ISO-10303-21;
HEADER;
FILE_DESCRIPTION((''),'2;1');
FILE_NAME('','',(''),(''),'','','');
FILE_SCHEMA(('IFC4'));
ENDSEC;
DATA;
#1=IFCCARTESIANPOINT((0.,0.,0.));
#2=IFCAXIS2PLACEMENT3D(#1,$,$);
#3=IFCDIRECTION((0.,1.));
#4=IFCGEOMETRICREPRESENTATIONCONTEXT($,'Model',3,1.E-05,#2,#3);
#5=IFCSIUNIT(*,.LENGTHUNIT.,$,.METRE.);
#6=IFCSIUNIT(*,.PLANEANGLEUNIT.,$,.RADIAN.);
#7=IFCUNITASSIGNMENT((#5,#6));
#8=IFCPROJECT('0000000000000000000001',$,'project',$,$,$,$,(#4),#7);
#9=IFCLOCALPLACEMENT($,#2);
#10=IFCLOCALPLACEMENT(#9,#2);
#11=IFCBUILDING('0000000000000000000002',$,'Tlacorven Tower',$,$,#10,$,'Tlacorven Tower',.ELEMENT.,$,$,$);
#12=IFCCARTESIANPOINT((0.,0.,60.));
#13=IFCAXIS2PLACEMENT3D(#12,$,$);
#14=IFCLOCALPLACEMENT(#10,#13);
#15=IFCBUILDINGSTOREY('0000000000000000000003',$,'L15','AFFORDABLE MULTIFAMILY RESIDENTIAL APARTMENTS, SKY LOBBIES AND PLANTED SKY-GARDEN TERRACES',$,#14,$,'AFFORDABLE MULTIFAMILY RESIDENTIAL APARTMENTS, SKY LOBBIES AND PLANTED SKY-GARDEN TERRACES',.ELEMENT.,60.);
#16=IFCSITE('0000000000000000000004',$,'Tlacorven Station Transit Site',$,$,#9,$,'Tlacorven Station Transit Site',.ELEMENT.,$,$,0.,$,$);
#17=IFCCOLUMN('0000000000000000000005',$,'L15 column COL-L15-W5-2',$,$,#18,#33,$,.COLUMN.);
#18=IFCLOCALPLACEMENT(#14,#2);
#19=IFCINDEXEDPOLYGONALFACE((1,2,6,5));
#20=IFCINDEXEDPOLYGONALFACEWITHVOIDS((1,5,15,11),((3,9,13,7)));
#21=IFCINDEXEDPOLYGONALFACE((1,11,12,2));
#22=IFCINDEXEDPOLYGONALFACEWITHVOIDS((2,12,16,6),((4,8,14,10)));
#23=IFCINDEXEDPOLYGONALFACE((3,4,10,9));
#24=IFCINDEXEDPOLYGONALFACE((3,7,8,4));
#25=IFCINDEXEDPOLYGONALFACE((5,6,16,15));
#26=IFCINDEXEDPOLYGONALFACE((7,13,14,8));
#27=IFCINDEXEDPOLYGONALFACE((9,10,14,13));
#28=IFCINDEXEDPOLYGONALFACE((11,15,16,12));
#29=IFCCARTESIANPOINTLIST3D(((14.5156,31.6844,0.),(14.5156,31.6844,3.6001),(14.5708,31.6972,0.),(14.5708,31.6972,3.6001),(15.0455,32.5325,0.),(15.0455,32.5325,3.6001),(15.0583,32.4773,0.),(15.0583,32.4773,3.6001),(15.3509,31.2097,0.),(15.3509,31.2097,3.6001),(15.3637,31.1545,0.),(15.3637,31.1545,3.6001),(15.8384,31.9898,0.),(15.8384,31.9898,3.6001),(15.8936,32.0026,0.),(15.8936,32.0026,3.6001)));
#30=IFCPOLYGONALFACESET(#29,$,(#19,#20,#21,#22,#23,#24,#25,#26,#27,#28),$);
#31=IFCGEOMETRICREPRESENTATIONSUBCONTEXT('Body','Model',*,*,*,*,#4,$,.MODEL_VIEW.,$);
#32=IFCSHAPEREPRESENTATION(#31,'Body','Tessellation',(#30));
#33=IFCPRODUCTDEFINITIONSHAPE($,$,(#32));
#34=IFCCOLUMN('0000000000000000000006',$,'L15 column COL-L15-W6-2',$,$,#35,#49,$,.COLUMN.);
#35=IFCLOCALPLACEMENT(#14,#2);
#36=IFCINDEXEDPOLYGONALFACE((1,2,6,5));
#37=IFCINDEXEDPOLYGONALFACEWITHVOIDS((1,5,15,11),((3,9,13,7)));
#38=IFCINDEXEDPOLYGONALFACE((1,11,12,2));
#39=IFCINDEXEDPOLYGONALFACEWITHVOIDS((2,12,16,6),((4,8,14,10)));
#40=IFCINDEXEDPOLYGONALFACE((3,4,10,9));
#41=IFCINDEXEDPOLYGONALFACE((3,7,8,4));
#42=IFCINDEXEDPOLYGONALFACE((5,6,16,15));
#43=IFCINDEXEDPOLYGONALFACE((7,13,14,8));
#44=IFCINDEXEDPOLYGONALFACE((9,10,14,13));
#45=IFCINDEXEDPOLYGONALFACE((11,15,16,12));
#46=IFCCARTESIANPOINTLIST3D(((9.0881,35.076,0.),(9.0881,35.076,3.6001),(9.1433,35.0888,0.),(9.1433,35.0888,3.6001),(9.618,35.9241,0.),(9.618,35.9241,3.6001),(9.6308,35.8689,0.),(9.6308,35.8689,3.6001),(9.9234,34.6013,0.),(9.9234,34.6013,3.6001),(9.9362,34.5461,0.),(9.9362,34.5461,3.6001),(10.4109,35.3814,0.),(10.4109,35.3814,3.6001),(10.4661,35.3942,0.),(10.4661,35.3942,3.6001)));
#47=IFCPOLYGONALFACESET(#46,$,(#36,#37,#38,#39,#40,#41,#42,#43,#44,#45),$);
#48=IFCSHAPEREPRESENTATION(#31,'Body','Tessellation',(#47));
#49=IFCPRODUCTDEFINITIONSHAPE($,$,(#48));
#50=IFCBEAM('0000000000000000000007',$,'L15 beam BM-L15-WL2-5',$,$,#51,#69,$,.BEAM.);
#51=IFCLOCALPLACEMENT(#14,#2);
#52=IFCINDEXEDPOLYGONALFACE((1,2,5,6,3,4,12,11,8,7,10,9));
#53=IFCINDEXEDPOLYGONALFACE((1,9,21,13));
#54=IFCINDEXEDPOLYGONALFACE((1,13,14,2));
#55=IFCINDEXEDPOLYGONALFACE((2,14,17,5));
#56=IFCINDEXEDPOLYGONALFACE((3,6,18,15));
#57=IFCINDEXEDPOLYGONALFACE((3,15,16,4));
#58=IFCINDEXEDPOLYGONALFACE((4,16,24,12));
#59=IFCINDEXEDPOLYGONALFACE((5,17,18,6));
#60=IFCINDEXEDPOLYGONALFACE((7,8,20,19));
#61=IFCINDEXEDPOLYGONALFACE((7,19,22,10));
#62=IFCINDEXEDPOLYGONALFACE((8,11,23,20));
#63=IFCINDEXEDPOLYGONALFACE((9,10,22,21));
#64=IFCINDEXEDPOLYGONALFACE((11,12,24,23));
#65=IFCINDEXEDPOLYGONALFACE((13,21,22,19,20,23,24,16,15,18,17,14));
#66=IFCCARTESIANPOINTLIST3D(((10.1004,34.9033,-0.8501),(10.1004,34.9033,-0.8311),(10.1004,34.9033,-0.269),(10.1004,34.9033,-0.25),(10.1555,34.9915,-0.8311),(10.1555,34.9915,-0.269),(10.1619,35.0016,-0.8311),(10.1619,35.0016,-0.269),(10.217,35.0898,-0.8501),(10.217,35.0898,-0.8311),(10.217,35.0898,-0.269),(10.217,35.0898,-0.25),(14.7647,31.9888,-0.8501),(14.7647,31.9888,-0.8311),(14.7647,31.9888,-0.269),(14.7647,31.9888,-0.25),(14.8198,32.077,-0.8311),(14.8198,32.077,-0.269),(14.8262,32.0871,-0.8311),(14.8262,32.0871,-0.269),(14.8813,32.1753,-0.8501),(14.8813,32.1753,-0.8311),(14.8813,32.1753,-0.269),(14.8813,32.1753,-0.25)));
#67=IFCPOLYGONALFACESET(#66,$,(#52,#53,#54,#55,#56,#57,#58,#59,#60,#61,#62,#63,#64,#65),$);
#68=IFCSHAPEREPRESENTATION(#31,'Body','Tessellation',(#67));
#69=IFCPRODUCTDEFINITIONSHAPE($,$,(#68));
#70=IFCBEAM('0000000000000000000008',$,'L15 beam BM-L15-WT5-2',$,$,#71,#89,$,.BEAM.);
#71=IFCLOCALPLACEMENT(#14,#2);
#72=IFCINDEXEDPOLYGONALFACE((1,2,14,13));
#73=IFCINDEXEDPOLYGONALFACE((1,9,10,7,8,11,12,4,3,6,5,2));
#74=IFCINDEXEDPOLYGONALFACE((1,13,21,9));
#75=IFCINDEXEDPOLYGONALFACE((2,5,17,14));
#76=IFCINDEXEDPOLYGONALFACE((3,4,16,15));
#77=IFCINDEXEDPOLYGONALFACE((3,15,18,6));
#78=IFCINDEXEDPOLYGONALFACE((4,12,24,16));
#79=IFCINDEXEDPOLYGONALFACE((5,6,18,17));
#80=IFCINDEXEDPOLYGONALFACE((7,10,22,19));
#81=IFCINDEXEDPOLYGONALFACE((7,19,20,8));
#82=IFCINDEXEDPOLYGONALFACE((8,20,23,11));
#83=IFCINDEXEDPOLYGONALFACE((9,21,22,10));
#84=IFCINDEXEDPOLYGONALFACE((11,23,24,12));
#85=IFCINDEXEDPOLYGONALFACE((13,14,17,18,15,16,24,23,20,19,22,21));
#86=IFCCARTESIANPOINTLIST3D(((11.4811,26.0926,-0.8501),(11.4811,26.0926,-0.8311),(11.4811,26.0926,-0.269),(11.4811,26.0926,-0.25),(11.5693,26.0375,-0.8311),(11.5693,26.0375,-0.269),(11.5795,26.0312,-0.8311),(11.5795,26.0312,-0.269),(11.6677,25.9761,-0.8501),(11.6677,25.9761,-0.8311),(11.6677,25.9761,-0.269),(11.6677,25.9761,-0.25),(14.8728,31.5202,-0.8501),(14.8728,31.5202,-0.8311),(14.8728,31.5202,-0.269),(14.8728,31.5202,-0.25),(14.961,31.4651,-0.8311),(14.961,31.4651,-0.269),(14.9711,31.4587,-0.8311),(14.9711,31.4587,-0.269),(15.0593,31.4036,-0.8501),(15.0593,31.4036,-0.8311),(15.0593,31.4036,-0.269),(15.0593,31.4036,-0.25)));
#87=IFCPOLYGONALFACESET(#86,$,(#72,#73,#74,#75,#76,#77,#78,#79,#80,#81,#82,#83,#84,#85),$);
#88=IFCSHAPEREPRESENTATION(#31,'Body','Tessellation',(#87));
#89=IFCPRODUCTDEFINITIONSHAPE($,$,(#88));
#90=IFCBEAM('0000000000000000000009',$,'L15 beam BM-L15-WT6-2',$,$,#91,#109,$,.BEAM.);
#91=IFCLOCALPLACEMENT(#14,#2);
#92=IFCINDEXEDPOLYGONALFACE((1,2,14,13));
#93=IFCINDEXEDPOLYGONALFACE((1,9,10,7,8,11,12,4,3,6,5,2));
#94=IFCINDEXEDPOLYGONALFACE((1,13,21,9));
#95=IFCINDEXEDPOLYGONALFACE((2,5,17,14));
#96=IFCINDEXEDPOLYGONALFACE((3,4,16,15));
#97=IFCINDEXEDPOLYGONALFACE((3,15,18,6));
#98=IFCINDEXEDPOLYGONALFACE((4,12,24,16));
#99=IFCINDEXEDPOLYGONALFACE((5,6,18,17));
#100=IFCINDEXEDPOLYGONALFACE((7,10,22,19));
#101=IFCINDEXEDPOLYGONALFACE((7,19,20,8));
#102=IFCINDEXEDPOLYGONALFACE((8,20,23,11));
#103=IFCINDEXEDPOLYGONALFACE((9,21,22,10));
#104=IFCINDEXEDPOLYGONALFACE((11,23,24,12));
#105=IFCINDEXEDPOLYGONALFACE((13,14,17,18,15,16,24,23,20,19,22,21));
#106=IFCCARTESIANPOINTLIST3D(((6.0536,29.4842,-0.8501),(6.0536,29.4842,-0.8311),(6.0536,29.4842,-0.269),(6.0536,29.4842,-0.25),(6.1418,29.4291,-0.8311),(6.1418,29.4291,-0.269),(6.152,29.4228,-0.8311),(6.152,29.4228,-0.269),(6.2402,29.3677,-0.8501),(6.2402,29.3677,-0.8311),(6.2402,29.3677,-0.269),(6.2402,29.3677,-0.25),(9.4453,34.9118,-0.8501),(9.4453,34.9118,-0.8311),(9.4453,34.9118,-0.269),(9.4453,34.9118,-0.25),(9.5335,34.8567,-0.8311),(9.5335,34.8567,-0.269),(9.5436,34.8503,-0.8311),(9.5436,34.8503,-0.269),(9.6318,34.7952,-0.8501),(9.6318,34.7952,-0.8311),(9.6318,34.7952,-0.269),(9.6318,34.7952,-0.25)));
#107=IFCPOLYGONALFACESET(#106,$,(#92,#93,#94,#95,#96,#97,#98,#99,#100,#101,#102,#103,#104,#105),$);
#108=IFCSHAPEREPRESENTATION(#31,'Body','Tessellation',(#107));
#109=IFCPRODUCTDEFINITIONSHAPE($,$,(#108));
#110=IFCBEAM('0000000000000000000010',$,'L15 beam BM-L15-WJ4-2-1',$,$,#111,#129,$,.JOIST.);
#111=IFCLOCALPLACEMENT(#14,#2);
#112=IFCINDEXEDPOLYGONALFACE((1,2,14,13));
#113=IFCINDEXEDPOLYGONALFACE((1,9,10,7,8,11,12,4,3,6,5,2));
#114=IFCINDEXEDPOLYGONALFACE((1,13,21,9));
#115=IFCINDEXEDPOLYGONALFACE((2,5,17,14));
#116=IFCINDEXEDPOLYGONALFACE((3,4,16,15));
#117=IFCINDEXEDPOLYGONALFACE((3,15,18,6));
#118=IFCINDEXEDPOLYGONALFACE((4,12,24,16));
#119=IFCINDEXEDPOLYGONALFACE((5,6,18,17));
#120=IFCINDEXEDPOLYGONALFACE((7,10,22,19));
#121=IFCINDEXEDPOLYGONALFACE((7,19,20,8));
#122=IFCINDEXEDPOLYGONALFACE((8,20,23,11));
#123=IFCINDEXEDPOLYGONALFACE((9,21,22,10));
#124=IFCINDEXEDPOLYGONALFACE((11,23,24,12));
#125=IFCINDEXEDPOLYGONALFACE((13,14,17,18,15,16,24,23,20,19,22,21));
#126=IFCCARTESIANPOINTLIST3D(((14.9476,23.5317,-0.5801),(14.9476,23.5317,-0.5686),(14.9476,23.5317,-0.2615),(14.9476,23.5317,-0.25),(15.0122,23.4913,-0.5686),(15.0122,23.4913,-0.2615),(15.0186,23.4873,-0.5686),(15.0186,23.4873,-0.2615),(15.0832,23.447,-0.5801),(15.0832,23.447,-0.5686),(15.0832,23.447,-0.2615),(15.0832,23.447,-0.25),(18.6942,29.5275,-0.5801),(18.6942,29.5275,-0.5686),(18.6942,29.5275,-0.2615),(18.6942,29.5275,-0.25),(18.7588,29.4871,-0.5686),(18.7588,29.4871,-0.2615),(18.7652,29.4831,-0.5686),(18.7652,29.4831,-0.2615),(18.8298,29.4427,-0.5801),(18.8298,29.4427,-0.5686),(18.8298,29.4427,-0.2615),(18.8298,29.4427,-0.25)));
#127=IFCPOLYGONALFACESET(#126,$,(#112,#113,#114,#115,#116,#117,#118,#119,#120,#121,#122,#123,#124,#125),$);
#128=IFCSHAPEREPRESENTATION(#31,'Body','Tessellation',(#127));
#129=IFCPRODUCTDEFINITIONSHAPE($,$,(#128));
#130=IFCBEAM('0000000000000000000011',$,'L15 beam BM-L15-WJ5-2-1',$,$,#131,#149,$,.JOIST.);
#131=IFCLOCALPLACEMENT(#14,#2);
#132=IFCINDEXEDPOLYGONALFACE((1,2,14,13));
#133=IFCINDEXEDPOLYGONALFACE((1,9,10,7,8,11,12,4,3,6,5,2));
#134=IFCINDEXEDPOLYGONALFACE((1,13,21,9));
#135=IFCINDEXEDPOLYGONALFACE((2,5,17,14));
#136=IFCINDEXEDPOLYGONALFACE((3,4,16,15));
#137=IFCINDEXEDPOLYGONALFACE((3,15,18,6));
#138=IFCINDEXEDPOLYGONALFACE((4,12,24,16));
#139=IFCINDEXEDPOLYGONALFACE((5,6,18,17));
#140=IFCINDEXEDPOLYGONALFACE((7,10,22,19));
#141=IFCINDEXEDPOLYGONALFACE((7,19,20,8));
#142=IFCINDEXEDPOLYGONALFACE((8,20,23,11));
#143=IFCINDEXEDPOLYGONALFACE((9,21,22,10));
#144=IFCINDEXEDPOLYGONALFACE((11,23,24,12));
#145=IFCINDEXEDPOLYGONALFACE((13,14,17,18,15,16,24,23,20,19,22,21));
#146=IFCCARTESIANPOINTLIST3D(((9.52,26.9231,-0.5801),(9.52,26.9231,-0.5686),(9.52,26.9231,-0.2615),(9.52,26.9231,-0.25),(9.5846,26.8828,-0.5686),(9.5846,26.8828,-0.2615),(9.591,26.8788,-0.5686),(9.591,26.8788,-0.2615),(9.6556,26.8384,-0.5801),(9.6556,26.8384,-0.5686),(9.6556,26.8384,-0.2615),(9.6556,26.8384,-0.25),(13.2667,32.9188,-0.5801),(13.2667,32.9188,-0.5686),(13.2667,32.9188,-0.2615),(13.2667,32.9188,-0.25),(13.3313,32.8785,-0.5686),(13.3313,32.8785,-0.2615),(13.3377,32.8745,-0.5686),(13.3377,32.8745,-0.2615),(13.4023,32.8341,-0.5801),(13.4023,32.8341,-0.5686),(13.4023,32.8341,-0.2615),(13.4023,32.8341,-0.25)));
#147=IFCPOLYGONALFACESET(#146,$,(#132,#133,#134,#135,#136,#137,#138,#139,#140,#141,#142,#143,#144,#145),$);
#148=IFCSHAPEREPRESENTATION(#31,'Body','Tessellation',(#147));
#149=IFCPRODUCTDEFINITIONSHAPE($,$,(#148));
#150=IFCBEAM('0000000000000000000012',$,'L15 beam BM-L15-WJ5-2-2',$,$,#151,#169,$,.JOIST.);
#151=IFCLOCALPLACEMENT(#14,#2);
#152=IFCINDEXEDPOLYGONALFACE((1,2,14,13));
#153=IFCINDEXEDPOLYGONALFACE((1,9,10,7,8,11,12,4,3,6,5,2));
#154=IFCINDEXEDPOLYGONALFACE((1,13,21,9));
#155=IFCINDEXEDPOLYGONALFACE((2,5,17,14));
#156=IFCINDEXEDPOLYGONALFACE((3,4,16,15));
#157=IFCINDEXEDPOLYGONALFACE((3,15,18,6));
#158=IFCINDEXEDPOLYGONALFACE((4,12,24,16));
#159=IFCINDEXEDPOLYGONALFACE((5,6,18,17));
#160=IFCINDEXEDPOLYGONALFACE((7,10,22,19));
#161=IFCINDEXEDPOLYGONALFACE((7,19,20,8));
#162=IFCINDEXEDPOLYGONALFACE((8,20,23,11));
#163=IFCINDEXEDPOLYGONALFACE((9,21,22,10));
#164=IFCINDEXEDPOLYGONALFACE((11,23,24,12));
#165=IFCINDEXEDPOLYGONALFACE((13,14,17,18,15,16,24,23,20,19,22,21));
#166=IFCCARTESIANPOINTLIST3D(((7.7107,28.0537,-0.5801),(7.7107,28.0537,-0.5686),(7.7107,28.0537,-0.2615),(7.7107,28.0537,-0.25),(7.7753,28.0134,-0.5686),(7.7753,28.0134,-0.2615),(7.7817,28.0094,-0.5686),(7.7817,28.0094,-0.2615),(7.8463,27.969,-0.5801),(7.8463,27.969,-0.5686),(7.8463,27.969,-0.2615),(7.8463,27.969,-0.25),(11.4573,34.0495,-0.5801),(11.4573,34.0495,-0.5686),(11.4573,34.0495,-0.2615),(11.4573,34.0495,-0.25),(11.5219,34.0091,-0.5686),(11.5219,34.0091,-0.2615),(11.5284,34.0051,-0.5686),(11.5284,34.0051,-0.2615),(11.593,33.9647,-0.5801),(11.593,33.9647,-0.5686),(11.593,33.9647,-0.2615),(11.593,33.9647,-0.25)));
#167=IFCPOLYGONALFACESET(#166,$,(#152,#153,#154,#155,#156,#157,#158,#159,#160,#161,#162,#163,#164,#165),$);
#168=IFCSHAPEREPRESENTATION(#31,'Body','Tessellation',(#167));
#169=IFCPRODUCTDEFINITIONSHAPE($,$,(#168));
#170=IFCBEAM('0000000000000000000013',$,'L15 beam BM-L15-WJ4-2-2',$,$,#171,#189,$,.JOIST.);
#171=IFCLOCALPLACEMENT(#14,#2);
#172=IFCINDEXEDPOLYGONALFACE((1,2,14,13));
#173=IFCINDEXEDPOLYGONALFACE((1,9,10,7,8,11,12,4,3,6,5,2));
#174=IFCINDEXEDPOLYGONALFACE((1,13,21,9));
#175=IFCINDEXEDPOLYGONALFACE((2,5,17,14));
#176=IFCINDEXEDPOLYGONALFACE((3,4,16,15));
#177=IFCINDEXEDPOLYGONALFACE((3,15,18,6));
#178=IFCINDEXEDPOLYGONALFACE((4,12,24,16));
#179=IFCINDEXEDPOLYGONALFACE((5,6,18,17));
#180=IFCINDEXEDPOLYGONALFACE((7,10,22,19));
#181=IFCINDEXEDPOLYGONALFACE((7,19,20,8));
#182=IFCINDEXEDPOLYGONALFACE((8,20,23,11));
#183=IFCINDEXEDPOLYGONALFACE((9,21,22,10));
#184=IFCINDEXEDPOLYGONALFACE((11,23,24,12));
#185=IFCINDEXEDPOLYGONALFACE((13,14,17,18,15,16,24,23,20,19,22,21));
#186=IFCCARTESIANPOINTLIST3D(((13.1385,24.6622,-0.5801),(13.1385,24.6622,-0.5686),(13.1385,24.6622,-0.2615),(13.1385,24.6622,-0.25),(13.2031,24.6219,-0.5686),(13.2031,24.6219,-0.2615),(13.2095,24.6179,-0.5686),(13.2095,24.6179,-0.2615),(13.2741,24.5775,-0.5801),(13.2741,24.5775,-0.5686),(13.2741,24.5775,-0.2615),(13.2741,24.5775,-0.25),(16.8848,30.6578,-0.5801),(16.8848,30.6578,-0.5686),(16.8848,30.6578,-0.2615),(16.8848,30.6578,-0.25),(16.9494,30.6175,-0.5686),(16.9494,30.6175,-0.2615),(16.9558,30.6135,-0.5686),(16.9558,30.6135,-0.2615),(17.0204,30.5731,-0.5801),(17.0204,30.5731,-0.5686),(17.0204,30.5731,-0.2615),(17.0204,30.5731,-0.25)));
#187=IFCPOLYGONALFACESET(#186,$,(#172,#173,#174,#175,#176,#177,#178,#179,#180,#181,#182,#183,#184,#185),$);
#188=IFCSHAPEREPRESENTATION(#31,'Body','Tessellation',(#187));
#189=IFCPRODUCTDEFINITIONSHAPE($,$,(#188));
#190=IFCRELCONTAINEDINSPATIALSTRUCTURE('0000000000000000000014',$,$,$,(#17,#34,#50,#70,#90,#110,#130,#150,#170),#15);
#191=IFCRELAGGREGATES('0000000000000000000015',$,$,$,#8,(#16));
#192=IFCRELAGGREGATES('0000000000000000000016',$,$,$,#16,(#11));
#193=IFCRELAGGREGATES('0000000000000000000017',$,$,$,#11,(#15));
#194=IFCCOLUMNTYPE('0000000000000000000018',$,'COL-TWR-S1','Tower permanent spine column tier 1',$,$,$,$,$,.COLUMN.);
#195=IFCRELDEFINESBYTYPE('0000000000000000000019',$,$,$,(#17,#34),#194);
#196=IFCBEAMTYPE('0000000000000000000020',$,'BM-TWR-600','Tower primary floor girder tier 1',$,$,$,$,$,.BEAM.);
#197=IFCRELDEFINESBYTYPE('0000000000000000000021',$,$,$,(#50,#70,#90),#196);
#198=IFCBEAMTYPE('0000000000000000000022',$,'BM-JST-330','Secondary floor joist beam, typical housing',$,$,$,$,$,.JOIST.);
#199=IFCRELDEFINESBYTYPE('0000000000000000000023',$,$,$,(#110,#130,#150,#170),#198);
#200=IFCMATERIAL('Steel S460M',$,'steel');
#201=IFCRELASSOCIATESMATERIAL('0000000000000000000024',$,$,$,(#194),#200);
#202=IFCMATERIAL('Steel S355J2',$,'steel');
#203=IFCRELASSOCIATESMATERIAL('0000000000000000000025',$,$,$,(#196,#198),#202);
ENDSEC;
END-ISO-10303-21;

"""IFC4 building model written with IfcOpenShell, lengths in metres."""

from ifc_helpers import new_model, si_unit, direction, frame, origin, origin_2d, place, context, subcontext, project, spatial, hollow_rectangle, i_section, extrude, source, transform, mapped, material, material_profile, profile_set, type_object, element, save


model = new_model("IFC4")

# Units and contexts
model_context = context("Model", 3, precision=1e-05, world=origin(), true_north=direction((0.0, 1.0)))
body_context = subcontext(model_context, "Body", "Model", "MODEL_VIEW")
ifc_project = project(units=[si_unit("LENGTHUNIT", "METRE"), si_unit("PLANEANGLEUNIT", "RADIAN")], contexts=[model_context])

# Site, building, storey
site_placement = place(None, origin())
site = spatial("IfcSite", under=ifc_project, at=site_placement, Name="Tlacorven Station Transit Site", LongName="Tlacorven Station Transit Site", CompositionType="ELEMENT", RefElevation=0.0)
building_placement = place(site_placement, origin())
building = spatial("IfcBuilding", under=site, at=building_placement, Name="Tlacorven Tower", LongName="Tlacorven Tower", CompositionType="ELEMENT")
storey_placement = place(building_placement, frame((0.0, 0.0, 60.0)))
storey = spatial("IfcBuildingStorey", under=building, at=storey_placement, Name="L15", Description="AFFORDABLE MULTIFAMILY RESIDENTIAL APARTMENTS, SKY LOBBIES AND PLANTED SKY-GARDEN TERRACES", LongName="AFFORDABLE MULTIFAMILY RESIDENTIAL APARTMENTS, SKY LOBBIES AND PLANTED SKY-GARDEN TERRACES", CompositionType="ELEMENT", Elevation=60.0)

# Columns
ifc_material_1 = material(Name="Steel S460M", Category="steel")
ifc_material_profile_1 = material_profile(ifc_material_1, hollow_rectangle(XDim=1.0, YDim=1.0, WallThickness=0.04, at=origin_2d()), Name="BOX 1000X1000X40")
ifc_profile_set_1 = profile_set([ifc_material_profile_1], Name="Steel S460M")
column_type = type_object("IfcColumnType", Name="COL-TWR-S1", Description="Tower permanent spine column tier 1", PredefinedType="COLUMN", material=ifc_profile_set_1)
shared_shape_1 = source(origin(), body_context, "Body", "SweptSolid", [
    extrude(hollow_rectangle(XDim=1.0, YDim=1.0, WallThickness=0.04, at=origin_2d()), origin(), (0.0, 0.0, 1.0), 3.6001),
])
for number, where, z_axis, x_axis, name in (
    (1, (15.2046, 31.8435, 0.0), (0.0, 0.0, 1.0), (-0.848048, 0.529919, 0.0), "L15 column COL-L15-W5-2"),
    (2, (9.7771, 35.2351, 0.0), (0.0, 0.0, 1.0), (-0.848048, 0.529919, 0.0), "L15 column COL-L15-W6-2"),
):
    element("IfcColumn", number, at=place(storey_placement, frame(where, z_axis=z_axis, x_axis=x_axis)), inside=storey, type_object=column_type, Name=name, PredefinedType="COLUMN", context=body_context, shape_type="MappedRepresentation", body=[
        mapped(shared_shape_1, transform((0.0, 0.0, 0.0), scale=1.0)),
    ])

# Beams
ifc_material_2 = material(Name="Steel S355J2", Category="steel")
ifc_material_profile_2 = material_profile(ifc_material_2, i_section(OverallWidth=0.22, OverallDepth=0.6001, WebThickness=0.012, FlangeThickness=0.019, at=origin_2d()), Name="IPE 600")
ifc_profile_set_2 = profile_set([ifc_material_profile_2], Name="Steel S355J2")
beam_type_1 = type_object("IfcBeamType", Name="BM-TWR-600", Description="Tower primary floor girder tier 1", PredefinedType="BEAM", material=ifc_profile_set_2)
shared_shape_2 = source(origin(), body_context, "Body", "SweptSolid", [
    extrude(i_section(OverallWidth=0.22, OverallDepth=0.6001, WebThickness=0.012, FlangeThickness=0.019, at=origin_2d()), origin(), (0.0, 0.0, 1.0), 5.5),
])
beam_1_placement = place(storey_placement, frame((14.823, 32.082, -0.55), z_axis=(-0.848051, 0.529915, 0.0), x_axis=(-0.529915, -0.848051, 0.0)))
element("IfcBeam", 3, at=beam_1_placement, inside=storey, type_object=beam_type_1, Name="L15 beam BM-L15-WL2-5", PredefinedType="BEAM", context=body_context, shape_type="MappedRepresentation", body=[
    mapped(shared_shape_2, transform((0.0, 0.0, 0.0), scale=1.0)),
])
shared_shape_3 = source(origin(), body_context, "Body", "SweptSolid", [
    extrude(i_section(OverallWidth=0.22, OverallDepth=0.6001, WebThickness=0.012, FlangeThickness=0.019, at=origin_2d()), origin(), (0.0, 0.0, 1.0), 6.4001),
])
for number, where, z_axis, x_axis, name in (
    (4, (14.9661, 31.4619, -0.55), (-0.529934, -0.848039, 0.0), (0.848039, -0.529934, 0.0), "L15 beam BM-L15-WT5-2"),
    (5, (9.5386, 34.8535, -0.55), (-0.529934, -0.848039, 0.0), (0.848039, -0.529934, 0.0), "L15 beam BM-L15-WT6-2"),
):
    element("IfcBeam", number, at=place(storey_placement, frame(where, z_axis=z_axis, x_axis=x_axis)), inside=storey, type_object=beam_type_1, Name=name, PredefinedType="BEAM", context=body_context, shape_type="MappedRepresentation", body=[
        mapped(shared_shape_3, transform((0.0, 0.0, 0.0), scale=1.0)),
    ])
ifc_material_profile_3 = material_profile(ifc_material_2, i_section(OverallWidth=0.1599, OverallDepth=0.3301, WebThickness=0.0076, FlangeThickness=0.0115, at=origin_2d()), Name="IPE 330")
ifc_profile_set_3 = profile_set([ifc_material_profile_3], Name="Steel S355J2")
beam_type_2 = type_object("IfcBeamType", Name="BM-JST-330", Description="Secondary floor joist beam, typical housing", PredefinedType="JOIST", material=ifc_profile_set_3)
shared_shape_4 = source(origin(), body_context, "Body", "SweptSolid", [
    extrude(i_section(OverallWidth=0.1599, OverallDepth=0.3301, WebThickness=0.0076, FlangeThickness=0.0115, at=origin_2d()), origin(), (0.0, 0.0, 1.0), 7.0701),
])
for number, where, z_axis, x_axis, name in (
    (6, (18.762, 29.4851, -0.415), (-0.529915, -0.848051, 0.0), (0.848051, -0.529915, 0.0), "L15 beam BM-L15-WJ4-2-1"),
    (7, (13.3345, 32.8765, -0.415), (-0.529931, -0.848041, 0.0), (0.848041, -0.529931, 0.0), "L15 beam BM-L15-WJ5-2-1"),
    (8, (11.5251, 34.0071, -0.415), (-0.529931, -0.848041, 0.0), (0.848041, -0.529931, 0.0), "L15 beam BM-L15-WJ5-2-2"),
):
    element("IfcBeam", number, at=place(storey_placement, frame(where, z_axis=z_axis, x_axis=x_axis)), inside=storey, type_object=beam_type_2, Name=name, PredefinedType="JOIST", context=body_context, shape_type="MappedRepresentation", body=[
        mapped(shared_shape_4, transform((0.0, 0.0, 0.0), scale=1.0)),
    ])
shared_shape_5 = source(origin(), body_context, "Body", "SweptSolid", [
    extrude(i_section(OverallWidth=0.1599, OverallDepth=0.3301, WebThickness=0.0076, FlangeThickness=0.0115, at=origin_2d()), origin(), (0.0, 0.0, 1.0), 7.0698),
])
beam_2_placement = place(storey_placement, frame((16.9526, 30.6155, -0.415), z_axis=(-0.529906, -0.848057, 0.0), x_axis=(0.848057, -0.529906, 0.0)))
element("IfcBeam", 9, at=beam_2_placement, inside=storey, type_object=beam_type_2, Name="L15 beam BM-L15-WJ4-2-2", PredefinedType="JOIST", context=body_context, shape_type="MappedRepresentation", body=[
    mapped(shared_shape_5, transform((0.0, 0.0, 0.0), scale=1.0)),
])

save(model, "model.ifc")
